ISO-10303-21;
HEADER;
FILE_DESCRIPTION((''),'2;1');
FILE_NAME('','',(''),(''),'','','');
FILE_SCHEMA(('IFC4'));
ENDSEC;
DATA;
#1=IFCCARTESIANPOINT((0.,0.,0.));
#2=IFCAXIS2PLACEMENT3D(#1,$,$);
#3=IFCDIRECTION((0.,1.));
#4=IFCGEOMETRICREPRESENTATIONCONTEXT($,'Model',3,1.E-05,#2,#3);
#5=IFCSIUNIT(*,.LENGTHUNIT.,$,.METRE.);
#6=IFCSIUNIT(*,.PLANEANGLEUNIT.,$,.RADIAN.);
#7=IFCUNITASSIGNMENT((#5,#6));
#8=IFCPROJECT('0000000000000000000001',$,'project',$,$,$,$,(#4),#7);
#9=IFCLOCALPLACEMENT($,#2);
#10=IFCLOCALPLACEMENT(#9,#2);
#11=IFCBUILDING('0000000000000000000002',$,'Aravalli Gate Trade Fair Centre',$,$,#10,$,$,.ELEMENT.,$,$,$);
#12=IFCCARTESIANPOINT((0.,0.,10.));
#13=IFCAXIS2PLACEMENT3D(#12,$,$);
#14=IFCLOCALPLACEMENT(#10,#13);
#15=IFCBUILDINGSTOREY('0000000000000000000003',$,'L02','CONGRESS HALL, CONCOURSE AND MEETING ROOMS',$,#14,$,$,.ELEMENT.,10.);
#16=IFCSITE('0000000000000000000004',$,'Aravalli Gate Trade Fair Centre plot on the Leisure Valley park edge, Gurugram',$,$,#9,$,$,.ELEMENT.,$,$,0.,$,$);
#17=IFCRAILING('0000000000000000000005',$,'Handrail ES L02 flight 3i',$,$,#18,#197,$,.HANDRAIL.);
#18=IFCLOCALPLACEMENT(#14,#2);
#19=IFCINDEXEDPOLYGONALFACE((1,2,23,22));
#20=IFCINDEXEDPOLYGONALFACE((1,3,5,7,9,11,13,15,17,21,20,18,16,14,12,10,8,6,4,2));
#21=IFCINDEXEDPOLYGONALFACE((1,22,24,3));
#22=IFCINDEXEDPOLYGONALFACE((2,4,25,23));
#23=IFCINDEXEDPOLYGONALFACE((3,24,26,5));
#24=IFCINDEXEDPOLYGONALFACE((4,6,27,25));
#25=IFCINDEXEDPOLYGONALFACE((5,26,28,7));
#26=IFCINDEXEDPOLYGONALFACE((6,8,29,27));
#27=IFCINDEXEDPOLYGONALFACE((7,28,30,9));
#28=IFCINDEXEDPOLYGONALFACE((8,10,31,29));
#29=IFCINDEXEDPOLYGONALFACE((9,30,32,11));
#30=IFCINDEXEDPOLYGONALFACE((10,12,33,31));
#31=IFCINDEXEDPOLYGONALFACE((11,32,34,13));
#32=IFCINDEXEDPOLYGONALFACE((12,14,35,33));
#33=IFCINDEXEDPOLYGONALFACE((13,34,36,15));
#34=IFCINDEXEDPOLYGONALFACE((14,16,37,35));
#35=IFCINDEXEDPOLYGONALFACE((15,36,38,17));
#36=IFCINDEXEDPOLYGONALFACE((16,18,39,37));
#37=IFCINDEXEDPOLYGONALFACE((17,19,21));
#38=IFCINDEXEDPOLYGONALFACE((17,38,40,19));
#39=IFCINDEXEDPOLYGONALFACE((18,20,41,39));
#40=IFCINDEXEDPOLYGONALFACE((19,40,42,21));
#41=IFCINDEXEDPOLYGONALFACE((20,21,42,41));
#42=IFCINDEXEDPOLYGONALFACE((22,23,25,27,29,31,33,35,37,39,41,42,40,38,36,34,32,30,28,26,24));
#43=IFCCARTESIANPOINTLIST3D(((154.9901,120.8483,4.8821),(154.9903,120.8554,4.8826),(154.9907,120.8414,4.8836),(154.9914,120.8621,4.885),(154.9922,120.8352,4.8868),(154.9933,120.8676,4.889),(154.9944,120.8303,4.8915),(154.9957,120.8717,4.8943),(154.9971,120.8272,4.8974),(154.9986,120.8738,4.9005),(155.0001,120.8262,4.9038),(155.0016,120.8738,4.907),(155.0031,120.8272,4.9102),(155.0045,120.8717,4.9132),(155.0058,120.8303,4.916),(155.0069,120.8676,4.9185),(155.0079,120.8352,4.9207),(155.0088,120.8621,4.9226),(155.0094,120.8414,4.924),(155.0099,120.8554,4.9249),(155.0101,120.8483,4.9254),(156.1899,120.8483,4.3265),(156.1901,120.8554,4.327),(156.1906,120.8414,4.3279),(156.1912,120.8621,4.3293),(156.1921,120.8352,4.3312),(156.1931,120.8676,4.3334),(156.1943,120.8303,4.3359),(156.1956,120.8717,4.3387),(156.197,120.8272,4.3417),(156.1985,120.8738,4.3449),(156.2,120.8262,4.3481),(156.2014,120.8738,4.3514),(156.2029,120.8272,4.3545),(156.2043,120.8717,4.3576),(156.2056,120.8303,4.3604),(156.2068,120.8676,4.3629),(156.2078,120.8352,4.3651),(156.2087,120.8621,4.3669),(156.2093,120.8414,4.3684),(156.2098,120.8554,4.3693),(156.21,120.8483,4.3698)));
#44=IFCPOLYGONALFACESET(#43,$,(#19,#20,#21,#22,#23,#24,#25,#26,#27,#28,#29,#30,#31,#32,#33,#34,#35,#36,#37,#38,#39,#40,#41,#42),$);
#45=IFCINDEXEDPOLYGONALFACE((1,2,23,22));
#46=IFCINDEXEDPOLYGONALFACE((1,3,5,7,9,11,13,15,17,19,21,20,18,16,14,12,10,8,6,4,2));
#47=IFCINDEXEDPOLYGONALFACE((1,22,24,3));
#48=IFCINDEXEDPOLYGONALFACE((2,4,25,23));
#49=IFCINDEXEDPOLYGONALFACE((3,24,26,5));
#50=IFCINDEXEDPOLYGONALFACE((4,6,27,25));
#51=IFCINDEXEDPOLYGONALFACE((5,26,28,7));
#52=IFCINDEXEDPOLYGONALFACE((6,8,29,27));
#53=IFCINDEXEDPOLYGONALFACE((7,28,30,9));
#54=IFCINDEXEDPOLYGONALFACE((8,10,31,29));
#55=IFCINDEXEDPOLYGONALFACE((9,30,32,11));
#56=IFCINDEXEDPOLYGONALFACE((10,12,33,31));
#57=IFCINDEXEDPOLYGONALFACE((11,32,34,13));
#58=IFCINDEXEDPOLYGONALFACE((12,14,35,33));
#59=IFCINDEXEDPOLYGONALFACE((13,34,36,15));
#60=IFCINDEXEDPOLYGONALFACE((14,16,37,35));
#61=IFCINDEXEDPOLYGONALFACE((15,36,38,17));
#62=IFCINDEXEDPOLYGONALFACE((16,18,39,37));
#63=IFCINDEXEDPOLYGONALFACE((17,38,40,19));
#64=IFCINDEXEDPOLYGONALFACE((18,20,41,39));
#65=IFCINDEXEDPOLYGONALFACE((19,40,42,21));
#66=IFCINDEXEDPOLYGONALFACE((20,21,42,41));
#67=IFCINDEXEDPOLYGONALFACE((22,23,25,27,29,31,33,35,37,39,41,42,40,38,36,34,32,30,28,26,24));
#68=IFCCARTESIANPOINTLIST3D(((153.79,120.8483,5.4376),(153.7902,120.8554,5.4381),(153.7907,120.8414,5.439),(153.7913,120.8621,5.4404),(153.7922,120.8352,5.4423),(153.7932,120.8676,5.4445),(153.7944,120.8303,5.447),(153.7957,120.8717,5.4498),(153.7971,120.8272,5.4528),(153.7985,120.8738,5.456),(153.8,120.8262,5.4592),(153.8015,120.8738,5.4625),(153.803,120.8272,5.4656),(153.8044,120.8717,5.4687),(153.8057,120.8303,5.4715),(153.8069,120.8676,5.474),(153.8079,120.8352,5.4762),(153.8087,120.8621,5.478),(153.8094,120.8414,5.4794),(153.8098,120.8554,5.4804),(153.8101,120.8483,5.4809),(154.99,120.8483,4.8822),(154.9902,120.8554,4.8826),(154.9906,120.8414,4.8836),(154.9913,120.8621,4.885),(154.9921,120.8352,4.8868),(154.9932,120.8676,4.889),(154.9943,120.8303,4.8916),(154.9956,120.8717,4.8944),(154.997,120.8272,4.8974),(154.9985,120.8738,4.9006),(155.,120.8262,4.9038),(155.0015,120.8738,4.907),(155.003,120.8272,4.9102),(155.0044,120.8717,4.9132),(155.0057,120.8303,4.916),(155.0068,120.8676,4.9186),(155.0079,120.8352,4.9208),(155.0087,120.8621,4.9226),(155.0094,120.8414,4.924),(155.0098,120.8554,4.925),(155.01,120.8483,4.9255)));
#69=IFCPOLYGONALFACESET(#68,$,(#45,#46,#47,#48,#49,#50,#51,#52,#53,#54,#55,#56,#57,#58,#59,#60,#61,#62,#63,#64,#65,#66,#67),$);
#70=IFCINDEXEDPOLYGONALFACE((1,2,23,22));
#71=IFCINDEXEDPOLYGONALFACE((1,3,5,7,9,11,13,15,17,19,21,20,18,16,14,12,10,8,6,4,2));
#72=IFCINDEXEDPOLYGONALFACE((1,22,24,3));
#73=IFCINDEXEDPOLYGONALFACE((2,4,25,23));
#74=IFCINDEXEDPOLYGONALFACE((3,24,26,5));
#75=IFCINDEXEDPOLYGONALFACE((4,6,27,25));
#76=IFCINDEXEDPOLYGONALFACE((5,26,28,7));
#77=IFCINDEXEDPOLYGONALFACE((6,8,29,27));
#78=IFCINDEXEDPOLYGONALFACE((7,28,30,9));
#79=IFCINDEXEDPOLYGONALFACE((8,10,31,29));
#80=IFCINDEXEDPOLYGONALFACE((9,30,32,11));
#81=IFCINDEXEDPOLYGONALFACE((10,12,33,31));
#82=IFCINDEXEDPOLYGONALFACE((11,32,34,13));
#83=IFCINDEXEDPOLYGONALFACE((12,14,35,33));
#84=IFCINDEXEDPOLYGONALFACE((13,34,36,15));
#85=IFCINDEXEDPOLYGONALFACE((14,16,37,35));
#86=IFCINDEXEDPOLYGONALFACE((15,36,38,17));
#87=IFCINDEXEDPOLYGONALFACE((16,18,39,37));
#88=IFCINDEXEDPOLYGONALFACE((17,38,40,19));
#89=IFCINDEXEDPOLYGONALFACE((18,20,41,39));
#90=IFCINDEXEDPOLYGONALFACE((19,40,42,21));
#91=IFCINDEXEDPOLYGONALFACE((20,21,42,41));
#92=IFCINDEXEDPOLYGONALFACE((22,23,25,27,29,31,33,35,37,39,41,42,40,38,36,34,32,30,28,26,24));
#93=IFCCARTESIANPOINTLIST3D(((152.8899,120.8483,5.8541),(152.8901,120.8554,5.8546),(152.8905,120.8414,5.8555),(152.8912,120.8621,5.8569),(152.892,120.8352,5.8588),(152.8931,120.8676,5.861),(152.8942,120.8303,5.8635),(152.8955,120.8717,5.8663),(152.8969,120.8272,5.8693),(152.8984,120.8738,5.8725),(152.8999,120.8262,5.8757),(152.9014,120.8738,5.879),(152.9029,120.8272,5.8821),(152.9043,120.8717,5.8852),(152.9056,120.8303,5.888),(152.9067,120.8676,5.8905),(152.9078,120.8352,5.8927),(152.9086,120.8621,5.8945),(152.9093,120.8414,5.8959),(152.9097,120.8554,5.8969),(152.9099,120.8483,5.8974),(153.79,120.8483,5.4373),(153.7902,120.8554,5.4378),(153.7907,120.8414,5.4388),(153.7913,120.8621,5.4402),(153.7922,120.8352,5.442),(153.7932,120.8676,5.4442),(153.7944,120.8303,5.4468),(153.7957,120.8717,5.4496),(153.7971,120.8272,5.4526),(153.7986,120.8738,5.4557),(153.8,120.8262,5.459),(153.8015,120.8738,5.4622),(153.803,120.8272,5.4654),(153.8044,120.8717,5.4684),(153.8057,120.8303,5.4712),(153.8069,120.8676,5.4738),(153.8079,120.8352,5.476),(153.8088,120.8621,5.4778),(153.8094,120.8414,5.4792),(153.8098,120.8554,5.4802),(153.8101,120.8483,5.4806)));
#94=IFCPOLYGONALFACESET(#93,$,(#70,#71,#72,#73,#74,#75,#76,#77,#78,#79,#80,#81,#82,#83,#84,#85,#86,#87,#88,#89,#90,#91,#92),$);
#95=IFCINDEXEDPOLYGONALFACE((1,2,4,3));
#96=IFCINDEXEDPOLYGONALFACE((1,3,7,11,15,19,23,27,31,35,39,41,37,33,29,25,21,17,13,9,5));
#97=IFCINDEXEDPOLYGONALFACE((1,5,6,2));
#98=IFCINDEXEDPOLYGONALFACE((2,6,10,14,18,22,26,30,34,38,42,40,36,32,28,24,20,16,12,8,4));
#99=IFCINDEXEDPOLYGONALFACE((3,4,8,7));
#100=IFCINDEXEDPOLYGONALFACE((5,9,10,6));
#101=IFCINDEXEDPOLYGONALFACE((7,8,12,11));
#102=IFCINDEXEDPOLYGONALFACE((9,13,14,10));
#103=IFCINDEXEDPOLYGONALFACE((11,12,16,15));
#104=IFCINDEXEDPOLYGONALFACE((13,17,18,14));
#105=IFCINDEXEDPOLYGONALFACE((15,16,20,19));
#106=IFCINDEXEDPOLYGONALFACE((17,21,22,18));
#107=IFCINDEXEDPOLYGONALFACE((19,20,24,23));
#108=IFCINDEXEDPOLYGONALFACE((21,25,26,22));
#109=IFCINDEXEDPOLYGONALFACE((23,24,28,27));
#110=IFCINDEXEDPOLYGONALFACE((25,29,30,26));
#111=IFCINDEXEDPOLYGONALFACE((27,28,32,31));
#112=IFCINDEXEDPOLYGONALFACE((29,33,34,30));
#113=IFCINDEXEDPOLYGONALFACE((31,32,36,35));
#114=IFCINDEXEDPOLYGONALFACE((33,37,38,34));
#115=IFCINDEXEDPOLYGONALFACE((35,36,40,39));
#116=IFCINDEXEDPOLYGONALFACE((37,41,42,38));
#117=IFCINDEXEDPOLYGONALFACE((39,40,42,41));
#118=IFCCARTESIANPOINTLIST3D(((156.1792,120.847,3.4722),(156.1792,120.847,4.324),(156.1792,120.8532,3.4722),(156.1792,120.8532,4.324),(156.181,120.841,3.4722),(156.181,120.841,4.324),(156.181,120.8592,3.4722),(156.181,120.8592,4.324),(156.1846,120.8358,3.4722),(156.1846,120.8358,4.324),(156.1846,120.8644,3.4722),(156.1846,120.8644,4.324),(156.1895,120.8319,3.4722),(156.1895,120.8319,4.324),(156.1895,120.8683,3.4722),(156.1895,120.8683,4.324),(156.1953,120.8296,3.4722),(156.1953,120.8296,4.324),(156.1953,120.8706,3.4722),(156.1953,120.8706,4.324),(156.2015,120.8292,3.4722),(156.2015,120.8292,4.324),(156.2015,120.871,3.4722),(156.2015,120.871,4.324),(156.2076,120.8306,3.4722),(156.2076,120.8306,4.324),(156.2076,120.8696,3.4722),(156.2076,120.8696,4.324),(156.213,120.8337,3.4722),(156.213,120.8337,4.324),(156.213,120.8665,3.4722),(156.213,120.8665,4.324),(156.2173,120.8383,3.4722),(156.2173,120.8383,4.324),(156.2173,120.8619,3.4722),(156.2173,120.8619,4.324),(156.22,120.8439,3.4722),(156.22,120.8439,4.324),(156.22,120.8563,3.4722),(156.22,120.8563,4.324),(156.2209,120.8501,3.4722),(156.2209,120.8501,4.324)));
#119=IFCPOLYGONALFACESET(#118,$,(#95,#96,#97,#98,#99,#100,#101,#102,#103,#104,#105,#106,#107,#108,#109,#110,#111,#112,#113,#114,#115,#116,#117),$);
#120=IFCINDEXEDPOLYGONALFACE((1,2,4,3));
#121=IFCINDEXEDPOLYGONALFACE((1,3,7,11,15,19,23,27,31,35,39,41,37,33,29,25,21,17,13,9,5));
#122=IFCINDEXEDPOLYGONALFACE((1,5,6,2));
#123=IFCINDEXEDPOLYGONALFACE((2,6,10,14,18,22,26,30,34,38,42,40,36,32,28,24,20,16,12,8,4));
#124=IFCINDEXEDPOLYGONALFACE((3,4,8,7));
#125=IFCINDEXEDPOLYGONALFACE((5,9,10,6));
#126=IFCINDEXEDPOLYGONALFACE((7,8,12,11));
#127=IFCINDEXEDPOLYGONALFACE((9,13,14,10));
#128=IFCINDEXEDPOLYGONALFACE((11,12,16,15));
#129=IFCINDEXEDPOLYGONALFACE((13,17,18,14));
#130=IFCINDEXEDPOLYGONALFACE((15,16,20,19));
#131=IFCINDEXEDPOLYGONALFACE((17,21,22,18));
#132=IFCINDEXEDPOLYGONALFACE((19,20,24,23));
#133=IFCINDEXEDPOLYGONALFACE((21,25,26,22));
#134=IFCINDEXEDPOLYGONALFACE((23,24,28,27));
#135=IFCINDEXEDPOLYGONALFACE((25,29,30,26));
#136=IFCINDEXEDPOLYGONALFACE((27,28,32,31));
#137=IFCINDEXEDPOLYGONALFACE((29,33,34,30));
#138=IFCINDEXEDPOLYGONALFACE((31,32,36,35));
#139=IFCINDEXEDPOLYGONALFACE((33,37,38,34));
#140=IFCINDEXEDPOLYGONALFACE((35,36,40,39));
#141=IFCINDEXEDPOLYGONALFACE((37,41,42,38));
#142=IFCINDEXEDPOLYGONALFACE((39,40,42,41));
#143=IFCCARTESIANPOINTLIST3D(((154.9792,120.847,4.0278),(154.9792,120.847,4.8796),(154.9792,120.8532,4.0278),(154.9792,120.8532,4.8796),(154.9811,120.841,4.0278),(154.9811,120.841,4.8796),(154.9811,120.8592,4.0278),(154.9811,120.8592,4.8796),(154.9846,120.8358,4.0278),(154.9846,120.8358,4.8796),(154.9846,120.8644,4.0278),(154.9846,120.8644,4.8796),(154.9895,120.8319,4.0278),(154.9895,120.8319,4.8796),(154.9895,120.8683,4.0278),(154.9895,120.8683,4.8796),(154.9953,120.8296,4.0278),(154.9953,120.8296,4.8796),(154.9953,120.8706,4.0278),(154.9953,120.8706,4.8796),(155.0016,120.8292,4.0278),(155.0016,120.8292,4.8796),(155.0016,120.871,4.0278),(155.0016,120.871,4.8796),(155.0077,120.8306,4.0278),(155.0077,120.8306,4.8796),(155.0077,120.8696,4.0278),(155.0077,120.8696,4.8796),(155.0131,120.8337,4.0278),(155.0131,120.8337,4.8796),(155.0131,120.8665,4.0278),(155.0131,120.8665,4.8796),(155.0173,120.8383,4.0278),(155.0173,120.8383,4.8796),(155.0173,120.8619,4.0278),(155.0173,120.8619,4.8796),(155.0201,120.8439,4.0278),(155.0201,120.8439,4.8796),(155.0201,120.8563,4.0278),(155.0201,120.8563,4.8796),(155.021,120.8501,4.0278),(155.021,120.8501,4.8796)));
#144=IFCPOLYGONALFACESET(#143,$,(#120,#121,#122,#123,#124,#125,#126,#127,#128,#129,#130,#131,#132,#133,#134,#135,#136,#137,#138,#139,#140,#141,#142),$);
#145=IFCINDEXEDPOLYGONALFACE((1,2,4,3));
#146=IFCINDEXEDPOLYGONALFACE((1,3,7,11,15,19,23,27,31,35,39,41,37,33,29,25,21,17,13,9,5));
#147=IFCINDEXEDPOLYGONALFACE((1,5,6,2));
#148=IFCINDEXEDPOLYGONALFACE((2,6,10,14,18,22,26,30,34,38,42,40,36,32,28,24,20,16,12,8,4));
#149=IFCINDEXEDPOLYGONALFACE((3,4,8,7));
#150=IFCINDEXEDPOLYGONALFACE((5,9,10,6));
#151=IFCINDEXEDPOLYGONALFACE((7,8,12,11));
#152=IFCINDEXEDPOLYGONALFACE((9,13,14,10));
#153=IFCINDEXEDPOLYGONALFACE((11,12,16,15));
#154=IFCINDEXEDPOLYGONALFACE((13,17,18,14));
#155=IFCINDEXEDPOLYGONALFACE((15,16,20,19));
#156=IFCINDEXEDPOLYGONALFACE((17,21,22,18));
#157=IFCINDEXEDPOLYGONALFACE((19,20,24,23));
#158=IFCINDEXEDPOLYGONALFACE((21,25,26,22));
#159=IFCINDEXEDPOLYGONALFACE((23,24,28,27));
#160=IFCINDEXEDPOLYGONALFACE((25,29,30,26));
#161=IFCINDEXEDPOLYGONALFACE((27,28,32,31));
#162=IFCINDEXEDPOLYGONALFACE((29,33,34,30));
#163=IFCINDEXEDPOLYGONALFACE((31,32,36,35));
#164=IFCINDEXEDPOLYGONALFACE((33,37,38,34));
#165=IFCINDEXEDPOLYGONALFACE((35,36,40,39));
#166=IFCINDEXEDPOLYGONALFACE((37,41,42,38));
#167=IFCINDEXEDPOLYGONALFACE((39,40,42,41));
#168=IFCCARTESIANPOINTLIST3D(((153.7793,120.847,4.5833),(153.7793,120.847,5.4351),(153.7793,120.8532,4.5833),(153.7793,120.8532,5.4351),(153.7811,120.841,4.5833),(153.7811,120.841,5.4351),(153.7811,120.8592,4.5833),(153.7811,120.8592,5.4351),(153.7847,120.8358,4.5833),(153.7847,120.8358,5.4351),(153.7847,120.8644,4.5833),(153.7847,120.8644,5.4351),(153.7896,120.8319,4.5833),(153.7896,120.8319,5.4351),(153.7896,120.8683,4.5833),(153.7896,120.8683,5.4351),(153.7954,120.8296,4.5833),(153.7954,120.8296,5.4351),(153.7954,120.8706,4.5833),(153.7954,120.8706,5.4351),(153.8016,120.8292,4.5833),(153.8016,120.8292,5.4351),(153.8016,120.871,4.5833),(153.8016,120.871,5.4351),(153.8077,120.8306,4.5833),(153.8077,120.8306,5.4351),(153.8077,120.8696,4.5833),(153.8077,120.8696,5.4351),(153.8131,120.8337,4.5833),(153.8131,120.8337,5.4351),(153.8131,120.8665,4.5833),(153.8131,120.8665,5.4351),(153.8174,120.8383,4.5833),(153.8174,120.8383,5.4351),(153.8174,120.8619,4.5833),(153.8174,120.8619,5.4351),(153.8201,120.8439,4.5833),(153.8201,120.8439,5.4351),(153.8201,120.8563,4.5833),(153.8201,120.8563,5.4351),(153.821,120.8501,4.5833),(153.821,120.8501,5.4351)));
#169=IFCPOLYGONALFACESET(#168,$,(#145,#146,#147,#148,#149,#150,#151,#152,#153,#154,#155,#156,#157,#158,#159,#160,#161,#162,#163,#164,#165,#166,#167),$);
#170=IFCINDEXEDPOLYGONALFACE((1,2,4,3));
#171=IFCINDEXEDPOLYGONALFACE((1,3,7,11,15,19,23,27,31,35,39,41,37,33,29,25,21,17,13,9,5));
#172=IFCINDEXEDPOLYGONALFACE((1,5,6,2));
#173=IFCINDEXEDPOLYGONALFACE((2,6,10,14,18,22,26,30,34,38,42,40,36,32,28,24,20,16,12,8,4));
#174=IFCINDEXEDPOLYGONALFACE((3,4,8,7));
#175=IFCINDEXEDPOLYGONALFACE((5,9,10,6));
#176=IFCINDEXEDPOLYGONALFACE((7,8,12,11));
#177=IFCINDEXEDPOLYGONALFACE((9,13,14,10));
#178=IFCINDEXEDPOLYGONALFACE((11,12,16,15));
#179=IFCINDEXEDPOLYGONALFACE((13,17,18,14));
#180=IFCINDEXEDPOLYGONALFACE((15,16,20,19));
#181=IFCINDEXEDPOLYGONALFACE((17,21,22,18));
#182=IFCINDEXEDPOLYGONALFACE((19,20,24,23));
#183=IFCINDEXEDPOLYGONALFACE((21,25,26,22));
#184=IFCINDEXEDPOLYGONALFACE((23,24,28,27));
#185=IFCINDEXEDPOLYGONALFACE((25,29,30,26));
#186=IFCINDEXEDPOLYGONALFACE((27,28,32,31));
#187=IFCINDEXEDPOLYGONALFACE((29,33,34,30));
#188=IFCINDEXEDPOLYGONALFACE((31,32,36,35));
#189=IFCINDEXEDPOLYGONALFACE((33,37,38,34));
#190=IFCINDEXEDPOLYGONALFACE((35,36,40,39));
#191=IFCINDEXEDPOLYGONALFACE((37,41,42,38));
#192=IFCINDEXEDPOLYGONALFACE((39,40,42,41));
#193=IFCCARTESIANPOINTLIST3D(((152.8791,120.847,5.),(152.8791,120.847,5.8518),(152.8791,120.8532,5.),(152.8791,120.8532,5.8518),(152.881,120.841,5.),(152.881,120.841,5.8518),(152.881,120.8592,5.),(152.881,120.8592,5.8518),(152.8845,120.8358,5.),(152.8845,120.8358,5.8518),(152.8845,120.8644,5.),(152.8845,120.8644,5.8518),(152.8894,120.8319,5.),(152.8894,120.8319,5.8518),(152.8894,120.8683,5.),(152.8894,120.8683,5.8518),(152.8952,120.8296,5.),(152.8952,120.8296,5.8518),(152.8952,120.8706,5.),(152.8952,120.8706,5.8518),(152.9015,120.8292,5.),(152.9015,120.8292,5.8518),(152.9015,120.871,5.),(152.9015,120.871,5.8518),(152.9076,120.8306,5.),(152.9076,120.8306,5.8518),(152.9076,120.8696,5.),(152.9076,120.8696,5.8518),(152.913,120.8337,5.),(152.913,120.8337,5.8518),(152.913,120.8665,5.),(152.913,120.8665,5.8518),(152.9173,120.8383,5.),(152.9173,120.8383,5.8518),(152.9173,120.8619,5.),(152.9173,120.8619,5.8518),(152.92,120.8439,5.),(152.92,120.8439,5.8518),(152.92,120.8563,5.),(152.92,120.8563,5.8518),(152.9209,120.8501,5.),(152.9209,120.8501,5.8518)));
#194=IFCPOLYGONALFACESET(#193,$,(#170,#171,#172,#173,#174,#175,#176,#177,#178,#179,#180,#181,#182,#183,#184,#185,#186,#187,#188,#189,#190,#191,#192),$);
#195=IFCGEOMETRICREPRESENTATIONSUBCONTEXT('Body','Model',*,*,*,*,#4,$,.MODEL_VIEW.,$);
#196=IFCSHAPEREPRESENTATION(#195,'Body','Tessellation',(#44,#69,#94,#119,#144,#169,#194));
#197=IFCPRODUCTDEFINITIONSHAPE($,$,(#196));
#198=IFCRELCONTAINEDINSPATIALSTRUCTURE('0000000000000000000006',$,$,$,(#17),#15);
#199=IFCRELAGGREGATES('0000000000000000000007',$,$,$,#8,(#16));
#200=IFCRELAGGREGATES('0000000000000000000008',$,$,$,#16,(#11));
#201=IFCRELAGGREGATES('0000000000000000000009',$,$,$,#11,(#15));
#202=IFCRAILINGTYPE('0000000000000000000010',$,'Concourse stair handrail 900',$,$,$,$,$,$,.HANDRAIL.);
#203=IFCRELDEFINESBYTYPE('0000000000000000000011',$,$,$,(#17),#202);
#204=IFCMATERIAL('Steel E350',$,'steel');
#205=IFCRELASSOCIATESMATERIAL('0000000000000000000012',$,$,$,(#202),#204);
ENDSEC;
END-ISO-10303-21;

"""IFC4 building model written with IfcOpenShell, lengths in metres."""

from ifc_helpers import new_model, si_unit, direction, frame, origin, origin_2d, place, context, subcontext, project, spatial, circle, extrude, material, type_object, element, save


model = new_model("IFC4")

# Units and contexts
model_context = context("Model", 3, precision=1e-05, world=origin(), true_north=direction((0.0, 1.0)))
body_context = subcontext(model_context, "Body", "Model", "MODEL_VIEW")
ifc_project = project(units=[si_unit("LENGTHUNIT", "METRE"), si_unit("PLANEANGLEUNIT", "RADIAN")], contexts=[model_context])

# Site, building, storey
site_placement = place(None, origin())
site = spatial("IfcSite", under=ifc_project, at=site_placement, Name="Aravalli Gate Trade Fair Centre plot on the Leisure Valley park edge, Gurugram", CompositionType="ELEMENT", RefElevation=0.0)
building_placement = place(site_placement, origin())
building = spatial("IfcBuilding", under=site, at=building_placement, Name="Aravalli Gate Trade Fair Centre", CompositionType="ELEMENT")
storey_placement = place(building_placement, frame((0.0, 0.0, 10.0)))
storey = spatial("IfcBuildingStorey", under=building, at=storey_placement, Name="L02", Description="CONGRESS HALL, CONCOURSE AND MEETING ROOMS", CompositionType="ELEMENT", Elevation=10.0)

# Shared definitions
ifc_material_1 = material(Name="Steel E350", Category="steel")

# Railing
railing_type_1 = type_object("IfcRailingType", Name="Concourse stair handrail 900", PredefinedType="HANDRAIL", material=ifc_material_1)
for number, where, name in (
    (1, (156.2, 120.8501, 3.4722), "Handrail ES L02 flight 3i"),
):
    element("IfcRailing", number, at=place(storey_placement, frame(where)), inside=storey, type_object=railing_type_1, Name=name, PredefinedType="HANDRAIL", context=body_context, shape_type="SweptSolid", body=[
        extrude(circle(Radius=0.0239, at=origin_2d()), frame((0.0, 0.0, 0.876), z_axis=(-0.907429, 0.0, 0.420205), x_axis=(0.0, -1.0, 0.0)), (0.0, 0.0, 1.0), 1.3223),
        extrude(circle(Radius=0.0239, at=origin_2d()), frame((-1.2, 0.0, 1.4316), z_axis=(-0.907499, 0.0, 0.420053), x_axis=(0.0, -1.0, 0.0)), (0.0, 0.0, 1.0), 1.3223),
        extrude(circle(Radius=0.0239, at=origin_2d()), frame((-2.3999, 0.0, 1.9868), z_axis=(-0.907462, 0.0, 0.420135), x_axis=(0.0, -1.0, 0.0)), (0.0, 0.0, 1.0), 0.9919),
        extrude(circle(Radius=0.021, at=origin_2d()), origin(), (0.0, 0.0, 1.0), 0.8518),
        extrude(circle(Radius=0.021, at=origin_2d()), frame((-1.2, 0.0, 0.5557)), (0.0, 0.0, 1.0), 0.8518),
        extrude(circle(Radius=0.021, at=origin_2d()), frame((-2.3999, 0.0, 1.1111)), (0.0, 0.0, 1.0), 0.8518),
        extrude(circle(Radius=0.021, at=origin_2d()), frame((-3.3, 0.0, 1.5278)), (0.0, 0.0, 1.0), 0.8518),
    ])

save(model, "model.ifc")
